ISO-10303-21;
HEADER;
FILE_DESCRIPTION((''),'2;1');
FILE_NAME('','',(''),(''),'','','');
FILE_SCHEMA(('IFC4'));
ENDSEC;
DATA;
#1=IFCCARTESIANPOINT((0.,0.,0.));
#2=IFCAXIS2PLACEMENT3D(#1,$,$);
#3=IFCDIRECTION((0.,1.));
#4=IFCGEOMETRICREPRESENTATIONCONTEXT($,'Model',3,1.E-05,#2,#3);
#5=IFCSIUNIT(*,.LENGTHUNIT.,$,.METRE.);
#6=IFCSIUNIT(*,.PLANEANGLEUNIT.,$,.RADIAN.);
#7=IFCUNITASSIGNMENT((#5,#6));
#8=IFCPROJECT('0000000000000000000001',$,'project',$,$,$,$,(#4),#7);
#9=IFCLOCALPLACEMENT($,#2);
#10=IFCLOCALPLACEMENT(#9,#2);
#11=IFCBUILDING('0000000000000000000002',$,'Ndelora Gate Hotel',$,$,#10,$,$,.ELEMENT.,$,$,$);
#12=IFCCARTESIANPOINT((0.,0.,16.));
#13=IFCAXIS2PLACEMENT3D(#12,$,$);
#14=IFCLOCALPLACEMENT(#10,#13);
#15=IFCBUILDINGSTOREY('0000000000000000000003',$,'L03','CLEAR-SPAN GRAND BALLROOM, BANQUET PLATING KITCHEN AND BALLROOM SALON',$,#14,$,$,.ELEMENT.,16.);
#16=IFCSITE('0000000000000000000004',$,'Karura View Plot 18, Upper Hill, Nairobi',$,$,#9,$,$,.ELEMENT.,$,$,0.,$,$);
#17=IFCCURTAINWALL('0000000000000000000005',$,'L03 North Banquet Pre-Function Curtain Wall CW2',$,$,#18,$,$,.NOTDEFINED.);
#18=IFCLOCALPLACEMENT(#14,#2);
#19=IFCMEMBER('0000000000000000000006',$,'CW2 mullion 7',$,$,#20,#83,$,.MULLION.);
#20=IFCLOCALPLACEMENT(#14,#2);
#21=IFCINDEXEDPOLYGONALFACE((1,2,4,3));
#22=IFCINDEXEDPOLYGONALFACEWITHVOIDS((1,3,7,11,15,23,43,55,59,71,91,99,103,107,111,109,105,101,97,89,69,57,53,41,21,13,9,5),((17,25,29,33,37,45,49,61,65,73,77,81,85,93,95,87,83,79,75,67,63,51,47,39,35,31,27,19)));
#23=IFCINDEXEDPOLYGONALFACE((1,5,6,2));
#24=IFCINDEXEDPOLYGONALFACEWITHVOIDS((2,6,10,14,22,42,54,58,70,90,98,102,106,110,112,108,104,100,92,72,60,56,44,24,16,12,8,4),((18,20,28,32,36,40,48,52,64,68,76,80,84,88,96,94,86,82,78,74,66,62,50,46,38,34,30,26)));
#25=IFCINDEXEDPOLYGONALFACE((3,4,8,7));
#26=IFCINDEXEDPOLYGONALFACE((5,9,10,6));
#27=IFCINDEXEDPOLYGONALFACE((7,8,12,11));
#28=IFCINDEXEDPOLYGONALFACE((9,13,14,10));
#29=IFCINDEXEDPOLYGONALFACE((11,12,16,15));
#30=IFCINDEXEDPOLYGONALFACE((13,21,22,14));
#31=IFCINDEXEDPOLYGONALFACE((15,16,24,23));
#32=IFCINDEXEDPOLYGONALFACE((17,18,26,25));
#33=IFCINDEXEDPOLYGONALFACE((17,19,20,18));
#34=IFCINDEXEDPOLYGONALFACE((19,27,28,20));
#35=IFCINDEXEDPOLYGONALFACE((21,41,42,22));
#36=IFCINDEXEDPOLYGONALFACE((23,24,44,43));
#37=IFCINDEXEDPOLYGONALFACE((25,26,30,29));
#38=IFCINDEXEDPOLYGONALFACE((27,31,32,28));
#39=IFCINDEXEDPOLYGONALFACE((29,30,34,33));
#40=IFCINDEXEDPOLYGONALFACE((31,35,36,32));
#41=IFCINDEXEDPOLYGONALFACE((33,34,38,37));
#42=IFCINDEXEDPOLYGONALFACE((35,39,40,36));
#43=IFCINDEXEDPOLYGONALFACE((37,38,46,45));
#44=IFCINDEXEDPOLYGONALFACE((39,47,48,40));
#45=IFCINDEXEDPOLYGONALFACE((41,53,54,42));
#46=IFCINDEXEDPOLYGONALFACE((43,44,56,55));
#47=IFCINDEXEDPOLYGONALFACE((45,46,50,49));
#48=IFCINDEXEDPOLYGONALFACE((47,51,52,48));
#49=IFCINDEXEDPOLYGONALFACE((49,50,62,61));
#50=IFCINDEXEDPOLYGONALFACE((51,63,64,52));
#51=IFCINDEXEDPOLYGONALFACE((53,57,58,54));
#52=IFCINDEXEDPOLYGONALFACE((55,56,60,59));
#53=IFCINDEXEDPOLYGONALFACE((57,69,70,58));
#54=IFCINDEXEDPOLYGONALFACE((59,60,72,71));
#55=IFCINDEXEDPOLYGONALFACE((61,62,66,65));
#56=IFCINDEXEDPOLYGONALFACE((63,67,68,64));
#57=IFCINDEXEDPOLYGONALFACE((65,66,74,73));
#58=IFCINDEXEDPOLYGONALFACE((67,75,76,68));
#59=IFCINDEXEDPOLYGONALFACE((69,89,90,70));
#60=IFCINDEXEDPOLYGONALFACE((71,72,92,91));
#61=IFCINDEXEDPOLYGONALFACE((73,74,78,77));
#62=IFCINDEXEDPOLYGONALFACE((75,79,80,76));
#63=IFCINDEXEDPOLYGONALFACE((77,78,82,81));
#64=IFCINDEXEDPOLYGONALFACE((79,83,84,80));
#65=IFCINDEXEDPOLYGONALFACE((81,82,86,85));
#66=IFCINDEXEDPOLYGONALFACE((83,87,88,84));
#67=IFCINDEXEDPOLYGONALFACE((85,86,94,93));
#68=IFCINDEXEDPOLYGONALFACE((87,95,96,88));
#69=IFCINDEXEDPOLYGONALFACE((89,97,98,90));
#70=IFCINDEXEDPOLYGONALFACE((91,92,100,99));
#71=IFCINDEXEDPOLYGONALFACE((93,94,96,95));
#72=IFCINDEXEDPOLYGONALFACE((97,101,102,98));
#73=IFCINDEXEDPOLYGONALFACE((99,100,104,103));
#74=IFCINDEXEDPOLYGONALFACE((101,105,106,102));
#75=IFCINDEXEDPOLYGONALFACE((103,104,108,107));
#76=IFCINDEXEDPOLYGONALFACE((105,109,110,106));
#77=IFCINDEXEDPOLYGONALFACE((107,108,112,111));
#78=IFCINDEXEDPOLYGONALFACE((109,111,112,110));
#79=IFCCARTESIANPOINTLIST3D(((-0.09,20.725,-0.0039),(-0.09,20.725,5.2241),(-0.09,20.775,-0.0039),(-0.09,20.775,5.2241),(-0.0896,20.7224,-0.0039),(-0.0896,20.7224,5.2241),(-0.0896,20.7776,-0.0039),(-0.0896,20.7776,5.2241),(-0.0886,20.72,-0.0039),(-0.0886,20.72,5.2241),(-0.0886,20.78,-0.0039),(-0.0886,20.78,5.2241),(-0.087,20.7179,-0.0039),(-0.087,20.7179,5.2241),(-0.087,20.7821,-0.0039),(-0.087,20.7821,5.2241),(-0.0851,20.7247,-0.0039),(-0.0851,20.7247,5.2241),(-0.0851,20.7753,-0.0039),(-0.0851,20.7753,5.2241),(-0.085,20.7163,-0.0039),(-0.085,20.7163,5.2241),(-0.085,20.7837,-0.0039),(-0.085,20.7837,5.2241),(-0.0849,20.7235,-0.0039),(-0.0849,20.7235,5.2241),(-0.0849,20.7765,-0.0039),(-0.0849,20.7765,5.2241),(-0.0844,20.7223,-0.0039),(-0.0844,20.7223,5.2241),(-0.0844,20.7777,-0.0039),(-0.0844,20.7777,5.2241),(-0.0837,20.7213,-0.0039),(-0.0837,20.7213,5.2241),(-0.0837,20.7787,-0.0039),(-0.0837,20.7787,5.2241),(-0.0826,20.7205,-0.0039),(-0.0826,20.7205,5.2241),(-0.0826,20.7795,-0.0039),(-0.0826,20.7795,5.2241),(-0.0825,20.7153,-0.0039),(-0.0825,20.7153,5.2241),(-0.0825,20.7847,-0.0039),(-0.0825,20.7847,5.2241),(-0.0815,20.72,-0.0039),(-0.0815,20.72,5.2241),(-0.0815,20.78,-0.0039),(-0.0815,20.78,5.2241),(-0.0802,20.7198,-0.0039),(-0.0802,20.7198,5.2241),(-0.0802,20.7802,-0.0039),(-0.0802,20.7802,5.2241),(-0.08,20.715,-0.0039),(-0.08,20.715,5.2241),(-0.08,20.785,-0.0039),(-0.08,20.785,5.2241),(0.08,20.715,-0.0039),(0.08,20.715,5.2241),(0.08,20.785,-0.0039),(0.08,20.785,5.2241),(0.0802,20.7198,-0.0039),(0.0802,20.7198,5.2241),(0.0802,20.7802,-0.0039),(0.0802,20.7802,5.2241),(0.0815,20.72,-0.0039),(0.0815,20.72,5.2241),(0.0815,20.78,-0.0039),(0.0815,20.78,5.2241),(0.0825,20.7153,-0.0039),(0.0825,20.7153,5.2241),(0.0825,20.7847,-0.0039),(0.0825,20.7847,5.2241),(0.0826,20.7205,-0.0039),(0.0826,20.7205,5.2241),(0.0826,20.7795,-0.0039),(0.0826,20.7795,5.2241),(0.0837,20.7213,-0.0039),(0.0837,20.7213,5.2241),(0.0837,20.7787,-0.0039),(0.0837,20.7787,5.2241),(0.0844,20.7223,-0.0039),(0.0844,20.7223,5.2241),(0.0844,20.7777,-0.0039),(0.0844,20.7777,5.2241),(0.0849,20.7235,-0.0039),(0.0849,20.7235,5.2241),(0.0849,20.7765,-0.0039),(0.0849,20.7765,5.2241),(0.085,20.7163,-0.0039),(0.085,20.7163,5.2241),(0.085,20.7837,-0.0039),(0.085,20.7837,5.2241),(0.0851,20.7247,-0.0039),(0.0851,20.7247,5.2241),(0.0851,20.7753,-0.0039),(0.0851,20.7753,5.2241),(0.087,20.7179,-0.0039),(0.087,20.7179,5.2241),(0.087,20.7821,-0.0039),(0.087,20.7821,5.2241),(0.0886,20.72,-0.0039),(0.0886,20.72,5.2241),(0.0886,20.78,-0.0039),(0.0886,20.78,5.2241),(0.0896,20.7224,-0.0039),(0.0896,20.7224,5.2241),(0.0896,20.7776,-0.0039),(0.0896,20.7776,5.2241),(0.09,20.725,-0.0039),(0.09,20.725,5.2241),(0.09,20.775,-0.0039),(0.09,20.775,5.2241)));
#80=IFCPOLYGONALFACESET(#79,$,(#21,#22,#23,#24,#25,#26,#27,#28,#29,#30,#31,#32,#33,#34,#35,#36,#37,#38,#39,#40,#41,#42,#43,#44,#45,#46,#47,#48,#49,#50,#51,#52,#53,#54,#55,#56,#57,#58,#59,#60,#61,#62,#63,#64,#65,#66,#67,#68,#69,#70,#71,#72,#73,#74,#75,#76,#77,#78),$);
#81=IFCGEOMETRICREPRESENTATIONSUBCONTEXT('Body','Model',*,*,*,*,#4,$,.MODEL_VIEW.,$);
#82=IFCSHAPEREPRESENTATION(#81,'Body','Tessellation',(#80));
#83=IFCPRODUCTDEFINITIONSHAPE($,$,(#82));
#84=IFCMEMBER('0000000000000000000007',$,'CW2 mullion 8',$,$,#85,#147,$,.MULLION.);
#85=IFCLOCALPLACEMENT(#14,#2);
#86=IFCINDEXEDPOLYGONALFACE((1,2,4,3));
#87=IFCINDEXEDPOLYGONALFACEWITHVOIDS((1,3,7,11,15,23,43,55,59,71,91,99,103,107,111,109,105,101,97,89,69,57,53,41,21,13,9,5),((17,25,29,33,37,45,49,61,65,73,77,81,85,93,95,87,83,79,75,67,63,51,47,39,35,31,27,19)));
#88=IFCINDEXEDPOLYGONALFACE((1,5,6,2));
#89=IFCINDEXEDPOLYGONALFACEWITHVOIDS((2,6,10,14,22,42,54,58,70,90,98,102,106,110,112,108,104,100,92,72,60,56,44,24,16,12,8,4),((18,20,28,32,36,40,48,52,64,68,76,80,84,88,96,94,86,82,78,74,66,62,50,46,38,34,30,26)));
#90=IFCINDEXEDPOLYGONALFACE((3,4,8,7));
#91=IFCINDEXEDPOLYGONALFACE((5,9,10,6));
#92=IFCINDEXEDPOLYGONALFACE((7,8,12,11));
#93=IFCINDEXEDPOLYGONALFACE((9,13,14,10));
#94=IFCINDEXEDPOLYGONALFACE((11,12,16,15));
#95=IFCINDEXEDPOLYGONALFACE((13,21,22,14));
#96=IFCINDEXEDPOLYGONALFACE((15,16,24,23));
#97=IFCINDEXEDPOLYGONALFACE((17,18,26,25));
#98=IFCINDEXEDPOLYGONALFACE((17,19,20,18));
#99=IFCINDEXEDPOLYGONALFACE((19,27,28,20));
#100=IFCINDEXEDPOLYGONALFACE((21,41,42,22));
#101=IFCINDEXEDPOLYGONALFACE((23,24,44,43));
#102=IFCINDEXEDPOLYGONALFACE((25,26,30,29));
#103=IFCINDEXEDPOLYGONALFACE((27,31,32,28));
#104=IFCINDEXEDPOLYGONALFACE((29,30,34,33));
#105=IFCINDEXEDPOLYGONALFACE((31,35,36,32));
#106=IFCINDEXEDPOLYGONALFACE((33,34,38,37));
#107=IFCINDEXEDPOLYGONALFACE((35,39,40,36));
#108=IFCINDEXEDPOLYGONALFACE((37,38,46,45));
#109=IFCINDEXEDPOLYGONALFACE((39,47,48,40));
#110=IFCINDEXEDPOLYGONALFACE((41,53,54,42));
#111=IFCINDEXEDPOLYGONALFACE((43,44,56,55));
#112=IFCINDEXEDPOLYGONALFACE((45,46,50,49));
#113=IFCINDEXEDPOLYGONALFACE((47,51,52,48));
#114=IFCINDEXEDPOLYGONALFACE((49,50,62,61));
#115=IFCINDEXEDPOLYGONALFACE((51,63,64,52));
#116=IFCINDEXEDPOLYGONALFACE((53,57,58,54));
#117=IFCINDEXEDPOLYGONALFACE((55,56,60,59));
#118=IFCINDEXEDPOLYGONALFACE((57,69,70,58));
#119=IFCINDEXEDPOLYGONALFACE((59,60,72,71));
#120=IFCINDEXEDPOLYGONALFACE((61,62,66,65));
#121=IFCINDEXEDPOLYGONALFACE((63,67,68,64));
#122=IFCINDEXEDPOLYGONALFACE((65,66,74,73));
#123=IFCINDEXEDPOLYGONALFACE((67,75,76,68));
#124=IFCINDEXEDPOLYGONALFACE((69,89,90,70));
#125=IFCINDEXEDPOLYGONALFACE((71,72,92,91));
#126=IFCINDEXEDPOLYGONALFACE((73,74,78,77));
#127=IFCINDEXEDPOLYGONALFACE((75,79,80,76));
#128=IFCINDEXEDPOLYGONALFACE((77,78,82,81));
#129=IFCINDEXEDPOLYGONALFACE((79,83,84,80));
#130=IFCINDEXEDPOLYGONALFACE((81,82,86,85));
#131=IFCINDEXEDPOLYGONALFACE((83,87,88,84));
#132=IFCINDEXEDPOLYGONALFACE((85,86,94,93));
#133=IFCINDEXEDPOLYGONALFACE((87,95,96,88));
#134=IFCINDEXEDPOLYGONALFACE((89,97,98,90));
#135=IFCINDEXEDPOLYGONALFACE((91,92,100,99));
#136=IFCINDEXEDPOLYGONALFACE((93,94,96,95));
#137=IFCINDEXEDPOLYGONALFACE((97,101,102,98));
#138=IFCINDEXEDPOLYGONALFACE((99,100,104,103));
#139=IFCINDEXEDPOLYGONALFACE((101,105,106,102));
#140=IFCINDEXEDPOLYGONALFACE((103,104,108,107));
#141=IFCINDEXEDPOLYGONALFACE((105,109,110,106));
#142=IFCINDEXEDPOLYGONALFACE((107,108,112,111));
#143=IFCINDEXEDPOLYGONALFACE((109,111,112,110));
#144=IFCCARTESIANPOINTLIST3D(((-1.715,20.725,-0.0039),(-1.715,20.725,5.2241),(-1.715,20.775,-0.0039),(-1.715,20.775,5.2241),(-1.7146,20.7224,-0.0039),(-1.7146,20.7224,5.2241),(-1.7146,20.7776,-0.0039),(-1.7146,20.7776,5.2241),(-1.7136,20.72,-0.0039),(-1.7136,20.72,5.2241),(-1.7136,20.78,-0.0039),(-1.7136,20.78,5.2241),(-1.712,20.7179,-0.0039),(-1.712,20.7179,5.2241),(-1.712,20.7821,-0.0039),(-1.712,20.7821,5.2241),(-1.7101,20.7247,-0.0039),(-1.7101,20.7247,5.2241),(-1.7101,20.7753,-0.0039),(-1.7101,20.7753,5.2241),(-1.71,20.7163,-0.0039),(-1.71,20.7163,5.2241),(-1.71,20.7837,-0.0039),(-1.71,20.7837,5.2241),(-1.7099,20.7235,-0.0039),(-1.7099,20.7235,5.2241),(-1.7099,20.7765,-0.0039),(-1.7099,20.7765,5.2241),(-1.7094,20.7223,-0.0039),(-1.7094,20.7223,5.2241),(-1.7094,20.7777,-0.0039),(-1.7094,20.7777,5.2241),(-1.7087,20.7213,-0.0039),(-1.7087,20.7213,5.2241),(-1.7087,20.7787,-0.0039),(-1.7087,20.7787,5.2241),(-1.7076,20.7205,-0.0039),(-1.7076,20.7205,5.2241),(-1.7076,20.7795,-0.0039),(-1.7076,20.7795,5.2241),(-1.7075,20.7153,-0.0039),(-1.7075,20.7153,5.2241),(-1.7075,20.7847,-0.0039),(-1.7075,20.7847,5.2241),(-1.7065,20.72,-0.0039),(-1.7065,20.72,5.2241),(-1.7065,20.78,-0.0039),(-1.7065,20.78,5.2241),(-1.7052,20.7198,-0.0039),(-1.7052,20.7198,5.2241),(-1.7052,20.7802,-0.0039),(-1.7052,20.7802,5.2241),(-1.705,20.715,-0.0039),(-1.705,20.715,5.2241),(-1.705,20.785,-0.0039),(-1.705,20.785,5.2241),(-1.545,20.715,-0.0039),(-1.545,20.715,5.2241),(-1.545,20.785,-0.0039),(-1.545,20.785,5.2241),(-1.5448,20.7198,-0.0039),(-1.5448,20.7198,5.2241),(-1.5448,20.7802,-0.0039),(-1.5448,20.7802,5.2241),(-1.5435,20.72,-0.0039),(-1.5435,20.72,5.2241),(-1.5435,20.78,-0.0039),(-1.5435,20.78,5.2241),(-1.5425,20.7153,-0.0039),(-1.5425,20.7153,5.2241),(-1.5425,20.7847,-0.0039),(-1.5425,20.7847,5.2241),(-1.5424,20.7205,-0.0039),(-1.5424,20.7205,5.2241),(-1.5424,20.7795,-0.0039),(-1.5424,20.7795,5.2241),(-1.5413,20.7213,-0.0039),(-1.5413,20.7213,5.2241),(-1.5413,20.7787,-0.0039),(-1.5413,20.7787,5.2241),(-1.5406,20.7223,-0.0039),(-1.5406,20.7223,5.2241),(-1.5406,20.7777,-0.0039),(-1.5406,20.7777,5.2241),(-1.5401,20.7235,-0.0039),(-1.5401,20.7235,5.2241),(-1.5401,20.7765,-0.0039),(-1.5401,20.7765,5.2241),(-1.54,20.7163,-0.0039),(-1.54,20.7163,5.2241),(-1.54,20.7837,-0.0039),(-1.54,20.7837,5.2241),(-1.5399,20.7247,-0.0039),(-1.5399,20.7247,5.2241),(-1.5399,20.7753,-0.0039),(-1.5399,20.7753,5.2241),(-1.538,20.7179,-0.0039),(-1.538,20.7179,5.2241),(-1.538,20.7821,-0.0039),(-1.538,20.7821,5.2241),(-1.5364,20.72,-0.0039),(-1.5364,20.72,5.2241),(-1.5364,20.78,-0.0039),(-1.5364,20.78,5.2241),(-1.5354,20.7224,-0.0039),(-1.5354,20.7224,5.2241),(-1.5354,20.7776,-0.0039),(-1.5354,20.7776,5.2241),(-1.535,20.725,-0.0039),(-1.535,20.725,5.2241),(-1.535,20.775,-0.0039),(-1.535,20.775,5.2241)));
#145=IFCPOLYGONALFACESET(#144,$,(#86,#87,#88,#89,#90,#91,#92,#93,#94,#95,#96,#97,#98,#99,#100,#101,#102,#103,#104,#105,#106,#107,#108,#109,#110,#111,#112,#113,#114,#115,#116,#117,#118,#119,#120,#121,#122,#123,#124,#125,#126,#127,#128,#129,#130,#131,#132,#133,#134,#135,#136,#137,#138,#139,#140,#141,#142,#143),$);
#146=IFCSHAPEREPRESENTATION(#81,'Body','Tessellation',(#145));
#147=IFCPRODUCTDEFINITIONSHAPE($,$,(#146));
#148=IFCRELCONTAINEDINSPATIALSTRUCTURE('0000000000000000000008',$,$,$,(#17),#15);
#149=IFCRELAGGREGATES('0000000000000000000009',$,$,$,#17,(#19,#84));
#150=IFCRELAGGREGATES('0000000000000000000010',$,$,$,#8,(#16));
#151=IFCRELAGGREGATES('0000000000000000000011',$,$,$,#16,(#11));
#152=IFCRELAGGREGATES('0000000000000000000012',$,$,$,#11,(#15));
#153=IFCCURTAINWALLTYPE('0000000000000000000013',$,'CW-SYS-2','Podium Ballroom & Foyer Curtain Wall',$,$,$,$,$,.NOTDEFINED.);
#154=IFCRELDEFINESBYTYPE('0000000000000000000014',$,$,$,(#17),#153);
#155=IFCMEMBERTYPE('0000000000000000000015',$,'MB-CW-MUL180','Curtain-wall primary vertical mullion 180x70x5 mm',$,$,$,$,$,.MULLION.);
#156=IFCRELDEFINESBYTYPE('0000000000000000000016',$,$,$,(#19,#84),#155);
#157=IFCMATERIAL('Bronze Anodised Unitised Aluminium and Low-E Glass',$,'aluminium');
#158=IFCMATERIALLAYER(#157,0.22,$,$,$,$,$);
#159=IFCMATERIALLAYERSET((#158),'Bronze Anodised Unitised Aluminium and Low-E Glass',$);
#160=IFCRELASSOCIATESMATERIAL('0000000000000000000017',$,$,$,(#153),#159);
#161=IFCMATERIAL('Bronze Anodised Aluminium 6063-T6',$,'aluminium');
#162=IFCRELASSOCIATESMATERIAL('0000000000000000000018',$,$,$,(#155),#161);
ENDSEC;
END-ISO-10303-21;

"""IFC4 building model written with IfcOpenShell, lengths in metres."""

from ifc_helpers import new_model, si_unit, direction, frame, origin, origin_2d, place, context, subcontext, project, spatial, hollow_rectangle, extrude, material, layer, layer_set, material_profile, profile_set, type_object, element, aggregate, save


model = new_model("IFC4")

# Units and contexts
model_context = context("Model", 3, precision=1e-05, world=origin(), true_north=direction((0.0, 1.0)))
body_context = subcontext(model_context, "Body", "Model", "MODEL_VIEW")
ifc_project = project(units=[si_unit("LENGTHUNIT", "METRE"), si_unit("PLANEANGLEUNIT", "RADIAN")], contexts=[model_context])

# Site, building, storey
site_placement = place(None, origin())
site = spatial("IfcSite", under=ifc_project, at=site_placement, Name="Karura View Plot 18, Upper Hill, Nairobi", CompositionType="ELEMENT", RefElevation=0.0)
building_placement = place(site_placement, origin())
building = spatial("IfcBuilding", under=site, at=building_placement, Name="Ndelora Gate Hotel", CompositionType="ELEMENT")
storey_placement = place(building_placement, frame((0.0, 0.0, 16.0)))
storey = spatial("IfcBuildingStorey", under=building, at=storey_placement, Name="L03", Description="CLEAR-SPAN GRAND BALLROOM, BANQUET PLATING KITCHEN AND BALLROOM SALON", CompositionType="ELEMENT", Elevation=16.0)

# Curtain wall, members
ifc_material_1 = material(Name="Bronze Anodised Unitised Aluminium and Low-E Glass", Category="aluminium")
ifc_layer_1 = layer(ifc_material_1, 0.22)
ifc_layer_set_1 = layer_set([ifc_layer_1], Name="Bronze Anodised Unitised Aluminium and Low-E Glass")
curtain_wall_type = type_object("IfcCurtainWallType", Name="CW-SYS-2", Description="Podium Ballroom & Foyer Curtain Wall", PredefinedType="NOTDEFINED", material=ifc_layer_set_1)
curtain_wall_placement = place(storey_placement, origin())
curtain_wall = element("IfcCurtainWall", 1, at=curtain_wall_placement, inside=storey, type_object=curtain_wall_type, Name="L03 North Banquet Pre-Function Curtain Wall CW2", PredefinedType="NOTDEFINED")
ifc_material_2 = material(Name="Bronze Anodised Aluminium 6063-T6", Category="aluminium")
ifc_material_profile_1 = material_profile(ifc_material_2, hollow_rectangle(XDim=0.0701, YDim=0.1799, WallThickness=0.0049, InnerFilletRadius=0.0049, OuterFilletRadius=0.01, at=origin_2d()), Name="ALU 180x70x5")
ifc_profile_set_1 = profile_set([ifc_material_profile_1], Name="Bronze Anodised Aluminium 6063-T6")
member_type_1 = type_object("IfcMemberType", Name="MB-CW-MUL180", Description="Curtain-wall primary vertical mullion 180x70x5 mm", PredefinedType="MULLION", material=ifc_profile_set_1)
member_1_placement = place(storey_placement, frame((0.0, 20.75, -0.0039), z_axis=(0.0, 0.0, 1.0), x_axis=(0.0, -1.0, 0.0)))
member_1 = element("IfcMember", 2, at=member_1_placement, type_object=member_type_1, Name="CW2 mullion 7", PredefinedType="MULLION", context=body_context, shape_type="SweptSolid", body=[
    extrude(hollow_rectangle(XDim=0.0701, YDim=0.1799, WallThickness=0.0049, InnerFilletRadius=0.0049, OuterFilletRadius=0.01, at=origin_2d()), origin(), (0.0, 0.0, 1.0), 5.228),
])
member_2_placement = place(storey_placement, frame((-1.625, 20.75, -0.0039), z_axis=(0.0, 0.0, 1.0), x_axis=(0.0, -1.0, 0.0)))
member_2 = element("IfcMember", 3, at=member_2_placement, type_object=member_type_1, Name="CW2 mullion 8", PredefinedType="MULLION", context=body_context, shape_type="SweptSolid", body=[
    extrude(hollow_rectangle(XDim=0.0701, YDim=0.1799, WallThickness=0.0049, InnerFilletRadius=0.0049, OuterFilletRadius=0.01, at=origin_2d()), origin(), (0.0, 0.0, 1.0), 5.228),
])
aggregate(curtain_wall, [member_1, member_2])

save(model, "model.ifc")
